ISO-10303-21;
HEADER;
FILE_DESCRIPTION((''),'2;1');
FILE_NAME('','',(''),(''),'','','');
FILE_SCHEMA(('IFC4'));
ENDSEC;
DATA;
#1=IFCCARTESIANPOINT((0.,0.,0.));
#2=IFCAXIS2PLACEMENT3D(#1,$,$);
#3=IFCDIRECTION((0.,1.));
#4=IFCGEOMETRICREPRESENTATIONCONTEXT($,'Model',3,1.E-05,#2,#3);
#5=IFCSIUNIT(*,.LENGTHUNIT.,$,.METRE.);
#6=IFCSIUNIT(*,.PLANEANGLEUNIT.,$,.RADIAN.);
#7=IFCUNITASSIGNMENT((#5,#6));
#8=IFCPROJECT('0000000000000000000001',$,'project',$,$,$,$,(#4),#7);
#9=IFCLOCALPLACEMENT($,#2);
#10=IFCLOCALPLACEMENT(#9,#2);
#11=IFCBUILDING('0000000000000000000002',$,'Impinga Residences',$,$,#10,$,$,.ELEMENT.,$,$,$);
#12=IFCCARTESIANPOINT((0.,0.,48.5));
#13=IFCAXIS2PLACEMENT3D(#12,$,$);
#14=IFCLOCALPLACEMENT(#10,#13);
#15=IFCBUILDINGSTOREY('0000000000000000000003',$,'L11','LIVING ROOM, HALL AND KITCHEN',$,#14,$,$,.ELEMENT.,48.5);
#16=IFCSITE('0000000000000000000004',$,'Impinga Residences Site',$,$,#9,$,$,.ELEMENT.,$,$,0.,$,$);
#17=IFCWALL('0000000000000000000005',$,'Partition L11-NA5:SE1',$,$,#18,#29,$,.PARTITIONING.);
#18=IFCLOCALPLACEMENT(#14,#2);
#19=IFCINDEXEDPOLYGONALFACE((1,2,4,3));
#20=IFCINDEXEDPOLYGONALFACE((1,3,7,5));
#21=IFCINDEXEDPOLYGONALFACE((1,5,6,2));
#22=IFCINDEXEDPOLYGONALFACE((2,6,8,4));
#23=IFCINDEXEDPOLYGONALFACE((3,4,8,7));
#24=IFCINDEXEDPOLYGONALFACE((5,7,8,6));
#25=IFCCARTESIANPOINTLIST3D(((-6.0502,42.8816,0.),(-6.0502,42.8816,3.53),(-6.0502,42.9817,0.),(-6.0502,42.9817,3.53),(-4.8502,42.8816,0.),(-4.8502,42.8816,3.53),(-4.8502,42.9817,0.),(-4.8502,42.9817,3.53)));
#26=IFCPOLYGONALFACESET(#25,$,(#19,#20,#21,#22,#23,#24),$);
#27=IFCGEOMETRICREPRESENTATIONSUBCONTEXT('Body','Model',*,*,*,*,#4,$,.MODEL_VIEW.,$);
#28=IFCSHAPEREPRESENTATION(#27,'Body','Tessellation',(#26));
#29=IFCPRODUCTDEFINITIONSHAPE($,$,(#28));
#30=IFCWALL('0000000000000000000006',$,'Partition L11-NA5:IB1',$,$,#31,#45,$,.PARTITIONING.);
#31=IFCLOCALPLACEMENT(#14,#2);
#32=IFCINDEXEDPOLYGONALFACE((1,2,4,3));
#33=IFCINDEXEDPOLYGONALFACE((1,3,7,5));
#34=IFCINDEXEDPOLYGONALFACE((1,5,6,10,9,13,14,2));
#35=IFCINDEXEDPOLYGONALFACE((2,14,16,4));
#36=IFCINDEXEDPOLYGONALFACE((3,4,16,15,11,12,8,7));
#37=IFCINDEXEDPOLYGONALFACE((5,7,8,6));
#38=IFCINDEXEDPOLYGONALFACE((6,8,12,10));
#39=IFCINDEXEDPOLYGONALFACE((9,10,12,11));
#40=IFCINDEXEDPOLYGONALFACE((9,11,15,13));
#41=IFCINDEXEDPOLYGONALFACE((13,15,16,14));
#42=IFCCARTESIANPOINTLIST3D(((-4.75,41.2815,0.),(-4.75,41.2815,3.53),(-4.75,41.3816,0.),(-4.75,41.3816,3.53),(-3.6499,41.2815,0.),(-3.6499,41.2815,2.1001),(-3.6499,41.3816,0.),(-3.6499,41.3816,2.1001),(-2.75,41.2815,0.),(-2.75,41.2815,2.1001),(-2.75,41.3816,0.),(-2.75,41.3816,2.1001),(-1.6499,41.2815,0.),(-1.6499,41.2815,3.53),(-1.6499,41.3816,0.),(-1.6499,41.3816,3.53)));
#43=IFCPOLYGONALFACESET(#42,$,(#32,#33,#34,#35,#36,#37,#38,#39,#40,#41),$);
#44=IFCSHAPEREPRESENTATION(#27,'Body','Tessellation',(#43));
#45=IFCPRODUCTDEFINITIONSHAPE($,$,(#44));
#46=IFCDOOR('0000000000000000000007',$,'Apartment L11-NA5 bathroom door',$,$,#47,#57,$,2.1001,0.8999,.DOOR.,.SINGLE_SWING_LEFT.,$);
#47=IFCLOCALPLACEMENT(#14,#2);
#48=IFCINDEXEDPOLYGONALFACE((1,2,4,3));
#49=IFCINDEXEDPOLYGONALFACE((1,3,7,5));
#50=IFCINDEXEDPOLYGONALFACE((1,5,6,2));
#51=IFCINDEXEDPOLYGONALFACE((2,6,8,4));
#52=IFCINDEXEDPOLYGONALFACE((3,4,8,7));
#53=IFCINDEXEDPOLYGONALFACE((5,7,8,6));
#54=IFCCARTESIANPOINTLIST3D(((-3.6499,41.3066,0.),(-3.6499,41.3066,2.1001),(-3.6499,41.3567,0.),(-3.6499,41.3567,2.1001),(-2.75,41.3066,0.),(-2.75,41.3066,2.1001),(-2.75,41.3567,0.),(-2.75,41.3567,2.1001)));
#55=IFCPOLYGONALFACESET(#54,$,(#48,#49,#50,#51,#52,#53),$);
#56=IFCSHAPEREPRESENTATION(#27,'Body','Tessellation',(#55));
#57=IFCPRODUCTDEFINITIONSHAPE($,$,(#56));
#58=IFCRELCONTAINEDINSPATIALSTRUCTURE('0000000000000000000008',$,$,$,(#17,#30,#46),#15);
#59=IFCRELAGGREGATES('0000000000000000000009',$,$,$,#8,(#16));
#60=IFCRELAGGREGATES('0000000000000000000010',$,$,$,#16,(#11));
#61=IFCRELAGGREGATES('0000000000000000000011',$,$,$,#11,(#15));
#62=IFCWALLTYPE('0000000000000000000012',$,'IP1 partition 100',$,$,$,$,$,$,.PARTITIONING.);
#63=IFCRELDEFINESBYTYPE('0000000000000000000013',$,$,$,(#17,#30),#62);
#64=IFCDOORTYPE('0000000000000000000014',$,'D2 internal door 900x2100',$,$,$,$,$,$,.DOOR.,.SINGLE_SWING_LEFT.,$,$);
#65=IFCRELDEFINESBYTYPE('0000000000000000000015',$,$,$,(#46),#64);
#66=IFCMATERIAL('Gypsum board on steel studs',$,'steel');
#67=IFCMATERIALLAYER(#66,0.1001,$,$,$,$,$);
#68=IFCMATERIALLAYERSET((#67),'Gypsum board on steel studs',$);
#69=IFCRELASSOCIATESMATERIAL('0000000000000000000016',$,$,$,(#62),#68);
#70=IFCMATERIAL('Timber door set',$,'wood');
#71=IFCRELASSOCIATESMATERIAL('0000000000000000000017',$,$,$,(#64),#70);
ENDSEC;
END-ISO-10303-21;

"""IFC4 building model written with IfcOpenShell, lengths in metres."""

from ifc_helpers import new_model, si_unit, direction, frame, frame_2d, origin, place, context, subcontext, project, spatial, rectangle, extrude, material, layer, layer_set, type_object, element, fill, save


model = new_model("IFC4")

# Units and contexts
model_context = context("Model", 3, precision=1e-05, world=origin(), true_north=direction((0.0, 1.0)))
body_context = subcontext(model_context, "Body", "Model", "MODEL_VIEW")
ifc_project = project(units=[si_unit("LENGTHUNIT", "METRE"), si_unit("PLANEANGLEUNIT", "RADIAN")], contexts=[model_context])

# Site, building, storey
site_placement = place(None, origin())
site = spatial("IfcSite", under=ifc_project, at=site_placement, Name="Impinga Residences Site", CompositionType="ELEMENT", RefElevation=0.0)
building_placement = place(site_placement, origin())
building = spatial("IfcBuilding", under=site, at=building_placement, Name="Impinga Residences", CompositionType="ELEMENT")
storey_placement = place(building_placement, frame((0.0, 0.0, 48.5)))
storey = spatial("IfcBuildingStorey", under=building, at=storey_placement, Name="L11", Description="LIVING ROOM, HALL AND KITCHEN", CompositionType="ELEMENT", Elevation=48.5)

# Shared definitions
ifc_material_1 = material(Name="Gypsum board on steel studs", Category="steel")
ifc_layer_1 = layer(ifc_material_1, 0.1001)
ifc_layer_set_1 = layer_set([ifc_layer_1], Name="Gypsum board on steel studs")
wall_type_1 = type_object("IfcWallType", Name="IP1 partition 100", PredefinedType="PARTITIONING", material=ifc_layer_set_1)

# Shared definitions
ifc_material_2 = material(Name="Timber door set", Category="wood")
door_type = type_object("IfcDoorType", Name="D2 internal door 900x2100", OperationType="SINGLE_SWING_LEFT", PredefinedType="DOOR", material=ifc_material_2)

# Wall
for number, where, z_axis, x_axis, name in (
    (1, (-4.8501, 42.9316, 0.0), (0.0, 0.0, 1.0), (-1.0, 0.0, 0.0), "Partition L11-NA5:SE1"),
):
    element("IfcWall", number, at=place(storey_placement, frame(where, z_axis=z_axis, x_axis=x_axis)), inside=storey, type_object=wall_type_1, Name=name, PredefinedType="PARTITIONING", context=body_context, shape_type="SweptSolid", body=[
        extrude(rectangle(XDim=1.2, YDim=0.1001, at=frame_2d((0.6001, 0.0))), origin(), (0.0, 0.0, 1.0), 3.53),
    ])

# Wall, opening, door
wall_1_placement = place(storey_placement, frame((-1.6499, 41.3315, 0.0), z_axis=(0.0, 0.0, 1.0), x_axis=(-1.0, 0.0, 0.0)))
wall_1 = element("IfcWall", 2, at=wall_1_placement, inside=storey, type_object=wall_type_1, Name="Partition L11-NA5:IB1", PredefinedType="PARTITIONING", context=body_context, shape_type="SweptSolid", body=[
    extrude(rectangle(XDim=3.1001, YDim=0.1001, at=frame_2d((1.55, 0.0))), origin(), (0.0, 0.0, 1.0), 3.53),
])
opening_1_placement = place(wall_1_placement, frame((1.1001, 0.0, 0.0)))
opening_1 = element("IfcOpeningElement", 3, at=opening_1_placement, cuts=wall_1, PredefinedType="OPENING", context=body_context, shape_type="SweptSolid", body=[
    extrude(rectangle(XDim=0.8999, YDim=2.1001, at=frame_2d((0.45, 1.05))), frame((0.0, 0.0601, 0.0), z_axis=(0.0, -1.0, 0.0), x_axis=(1.0, 0.0, 0.0)), (0.0, 0.0, 1.0), 0.1201),
])
door_1_placement = place(opening_1_placement, origin())
door_1 = element("IfcDoor", 4, at=door_1_placement, inside=storey, type_object=door_type, Name="Apartment L11-NA5 bathroom door", OperationType="SINGLE_SWING_LEFT", OverallHeight=2.1001, OverallWidth=0.8999, PredefinedType="DOOR", context=body_context, shape_type="SweptSolid", body=[
    extrude(rectangle(XDim=0.8999, YDim=2.1001, at=frame_2d((0.45, 1.05))), frame((0.0, 0.0249, 0.0), z_axis=(0.0, -1.0, 0.0), x_axis=(1.0, 0.0, 0.0)), (0.0, 0.0, 1.0), 0.05),
])
fill(opening_1, door_1)

save(model, "model.ifc")
